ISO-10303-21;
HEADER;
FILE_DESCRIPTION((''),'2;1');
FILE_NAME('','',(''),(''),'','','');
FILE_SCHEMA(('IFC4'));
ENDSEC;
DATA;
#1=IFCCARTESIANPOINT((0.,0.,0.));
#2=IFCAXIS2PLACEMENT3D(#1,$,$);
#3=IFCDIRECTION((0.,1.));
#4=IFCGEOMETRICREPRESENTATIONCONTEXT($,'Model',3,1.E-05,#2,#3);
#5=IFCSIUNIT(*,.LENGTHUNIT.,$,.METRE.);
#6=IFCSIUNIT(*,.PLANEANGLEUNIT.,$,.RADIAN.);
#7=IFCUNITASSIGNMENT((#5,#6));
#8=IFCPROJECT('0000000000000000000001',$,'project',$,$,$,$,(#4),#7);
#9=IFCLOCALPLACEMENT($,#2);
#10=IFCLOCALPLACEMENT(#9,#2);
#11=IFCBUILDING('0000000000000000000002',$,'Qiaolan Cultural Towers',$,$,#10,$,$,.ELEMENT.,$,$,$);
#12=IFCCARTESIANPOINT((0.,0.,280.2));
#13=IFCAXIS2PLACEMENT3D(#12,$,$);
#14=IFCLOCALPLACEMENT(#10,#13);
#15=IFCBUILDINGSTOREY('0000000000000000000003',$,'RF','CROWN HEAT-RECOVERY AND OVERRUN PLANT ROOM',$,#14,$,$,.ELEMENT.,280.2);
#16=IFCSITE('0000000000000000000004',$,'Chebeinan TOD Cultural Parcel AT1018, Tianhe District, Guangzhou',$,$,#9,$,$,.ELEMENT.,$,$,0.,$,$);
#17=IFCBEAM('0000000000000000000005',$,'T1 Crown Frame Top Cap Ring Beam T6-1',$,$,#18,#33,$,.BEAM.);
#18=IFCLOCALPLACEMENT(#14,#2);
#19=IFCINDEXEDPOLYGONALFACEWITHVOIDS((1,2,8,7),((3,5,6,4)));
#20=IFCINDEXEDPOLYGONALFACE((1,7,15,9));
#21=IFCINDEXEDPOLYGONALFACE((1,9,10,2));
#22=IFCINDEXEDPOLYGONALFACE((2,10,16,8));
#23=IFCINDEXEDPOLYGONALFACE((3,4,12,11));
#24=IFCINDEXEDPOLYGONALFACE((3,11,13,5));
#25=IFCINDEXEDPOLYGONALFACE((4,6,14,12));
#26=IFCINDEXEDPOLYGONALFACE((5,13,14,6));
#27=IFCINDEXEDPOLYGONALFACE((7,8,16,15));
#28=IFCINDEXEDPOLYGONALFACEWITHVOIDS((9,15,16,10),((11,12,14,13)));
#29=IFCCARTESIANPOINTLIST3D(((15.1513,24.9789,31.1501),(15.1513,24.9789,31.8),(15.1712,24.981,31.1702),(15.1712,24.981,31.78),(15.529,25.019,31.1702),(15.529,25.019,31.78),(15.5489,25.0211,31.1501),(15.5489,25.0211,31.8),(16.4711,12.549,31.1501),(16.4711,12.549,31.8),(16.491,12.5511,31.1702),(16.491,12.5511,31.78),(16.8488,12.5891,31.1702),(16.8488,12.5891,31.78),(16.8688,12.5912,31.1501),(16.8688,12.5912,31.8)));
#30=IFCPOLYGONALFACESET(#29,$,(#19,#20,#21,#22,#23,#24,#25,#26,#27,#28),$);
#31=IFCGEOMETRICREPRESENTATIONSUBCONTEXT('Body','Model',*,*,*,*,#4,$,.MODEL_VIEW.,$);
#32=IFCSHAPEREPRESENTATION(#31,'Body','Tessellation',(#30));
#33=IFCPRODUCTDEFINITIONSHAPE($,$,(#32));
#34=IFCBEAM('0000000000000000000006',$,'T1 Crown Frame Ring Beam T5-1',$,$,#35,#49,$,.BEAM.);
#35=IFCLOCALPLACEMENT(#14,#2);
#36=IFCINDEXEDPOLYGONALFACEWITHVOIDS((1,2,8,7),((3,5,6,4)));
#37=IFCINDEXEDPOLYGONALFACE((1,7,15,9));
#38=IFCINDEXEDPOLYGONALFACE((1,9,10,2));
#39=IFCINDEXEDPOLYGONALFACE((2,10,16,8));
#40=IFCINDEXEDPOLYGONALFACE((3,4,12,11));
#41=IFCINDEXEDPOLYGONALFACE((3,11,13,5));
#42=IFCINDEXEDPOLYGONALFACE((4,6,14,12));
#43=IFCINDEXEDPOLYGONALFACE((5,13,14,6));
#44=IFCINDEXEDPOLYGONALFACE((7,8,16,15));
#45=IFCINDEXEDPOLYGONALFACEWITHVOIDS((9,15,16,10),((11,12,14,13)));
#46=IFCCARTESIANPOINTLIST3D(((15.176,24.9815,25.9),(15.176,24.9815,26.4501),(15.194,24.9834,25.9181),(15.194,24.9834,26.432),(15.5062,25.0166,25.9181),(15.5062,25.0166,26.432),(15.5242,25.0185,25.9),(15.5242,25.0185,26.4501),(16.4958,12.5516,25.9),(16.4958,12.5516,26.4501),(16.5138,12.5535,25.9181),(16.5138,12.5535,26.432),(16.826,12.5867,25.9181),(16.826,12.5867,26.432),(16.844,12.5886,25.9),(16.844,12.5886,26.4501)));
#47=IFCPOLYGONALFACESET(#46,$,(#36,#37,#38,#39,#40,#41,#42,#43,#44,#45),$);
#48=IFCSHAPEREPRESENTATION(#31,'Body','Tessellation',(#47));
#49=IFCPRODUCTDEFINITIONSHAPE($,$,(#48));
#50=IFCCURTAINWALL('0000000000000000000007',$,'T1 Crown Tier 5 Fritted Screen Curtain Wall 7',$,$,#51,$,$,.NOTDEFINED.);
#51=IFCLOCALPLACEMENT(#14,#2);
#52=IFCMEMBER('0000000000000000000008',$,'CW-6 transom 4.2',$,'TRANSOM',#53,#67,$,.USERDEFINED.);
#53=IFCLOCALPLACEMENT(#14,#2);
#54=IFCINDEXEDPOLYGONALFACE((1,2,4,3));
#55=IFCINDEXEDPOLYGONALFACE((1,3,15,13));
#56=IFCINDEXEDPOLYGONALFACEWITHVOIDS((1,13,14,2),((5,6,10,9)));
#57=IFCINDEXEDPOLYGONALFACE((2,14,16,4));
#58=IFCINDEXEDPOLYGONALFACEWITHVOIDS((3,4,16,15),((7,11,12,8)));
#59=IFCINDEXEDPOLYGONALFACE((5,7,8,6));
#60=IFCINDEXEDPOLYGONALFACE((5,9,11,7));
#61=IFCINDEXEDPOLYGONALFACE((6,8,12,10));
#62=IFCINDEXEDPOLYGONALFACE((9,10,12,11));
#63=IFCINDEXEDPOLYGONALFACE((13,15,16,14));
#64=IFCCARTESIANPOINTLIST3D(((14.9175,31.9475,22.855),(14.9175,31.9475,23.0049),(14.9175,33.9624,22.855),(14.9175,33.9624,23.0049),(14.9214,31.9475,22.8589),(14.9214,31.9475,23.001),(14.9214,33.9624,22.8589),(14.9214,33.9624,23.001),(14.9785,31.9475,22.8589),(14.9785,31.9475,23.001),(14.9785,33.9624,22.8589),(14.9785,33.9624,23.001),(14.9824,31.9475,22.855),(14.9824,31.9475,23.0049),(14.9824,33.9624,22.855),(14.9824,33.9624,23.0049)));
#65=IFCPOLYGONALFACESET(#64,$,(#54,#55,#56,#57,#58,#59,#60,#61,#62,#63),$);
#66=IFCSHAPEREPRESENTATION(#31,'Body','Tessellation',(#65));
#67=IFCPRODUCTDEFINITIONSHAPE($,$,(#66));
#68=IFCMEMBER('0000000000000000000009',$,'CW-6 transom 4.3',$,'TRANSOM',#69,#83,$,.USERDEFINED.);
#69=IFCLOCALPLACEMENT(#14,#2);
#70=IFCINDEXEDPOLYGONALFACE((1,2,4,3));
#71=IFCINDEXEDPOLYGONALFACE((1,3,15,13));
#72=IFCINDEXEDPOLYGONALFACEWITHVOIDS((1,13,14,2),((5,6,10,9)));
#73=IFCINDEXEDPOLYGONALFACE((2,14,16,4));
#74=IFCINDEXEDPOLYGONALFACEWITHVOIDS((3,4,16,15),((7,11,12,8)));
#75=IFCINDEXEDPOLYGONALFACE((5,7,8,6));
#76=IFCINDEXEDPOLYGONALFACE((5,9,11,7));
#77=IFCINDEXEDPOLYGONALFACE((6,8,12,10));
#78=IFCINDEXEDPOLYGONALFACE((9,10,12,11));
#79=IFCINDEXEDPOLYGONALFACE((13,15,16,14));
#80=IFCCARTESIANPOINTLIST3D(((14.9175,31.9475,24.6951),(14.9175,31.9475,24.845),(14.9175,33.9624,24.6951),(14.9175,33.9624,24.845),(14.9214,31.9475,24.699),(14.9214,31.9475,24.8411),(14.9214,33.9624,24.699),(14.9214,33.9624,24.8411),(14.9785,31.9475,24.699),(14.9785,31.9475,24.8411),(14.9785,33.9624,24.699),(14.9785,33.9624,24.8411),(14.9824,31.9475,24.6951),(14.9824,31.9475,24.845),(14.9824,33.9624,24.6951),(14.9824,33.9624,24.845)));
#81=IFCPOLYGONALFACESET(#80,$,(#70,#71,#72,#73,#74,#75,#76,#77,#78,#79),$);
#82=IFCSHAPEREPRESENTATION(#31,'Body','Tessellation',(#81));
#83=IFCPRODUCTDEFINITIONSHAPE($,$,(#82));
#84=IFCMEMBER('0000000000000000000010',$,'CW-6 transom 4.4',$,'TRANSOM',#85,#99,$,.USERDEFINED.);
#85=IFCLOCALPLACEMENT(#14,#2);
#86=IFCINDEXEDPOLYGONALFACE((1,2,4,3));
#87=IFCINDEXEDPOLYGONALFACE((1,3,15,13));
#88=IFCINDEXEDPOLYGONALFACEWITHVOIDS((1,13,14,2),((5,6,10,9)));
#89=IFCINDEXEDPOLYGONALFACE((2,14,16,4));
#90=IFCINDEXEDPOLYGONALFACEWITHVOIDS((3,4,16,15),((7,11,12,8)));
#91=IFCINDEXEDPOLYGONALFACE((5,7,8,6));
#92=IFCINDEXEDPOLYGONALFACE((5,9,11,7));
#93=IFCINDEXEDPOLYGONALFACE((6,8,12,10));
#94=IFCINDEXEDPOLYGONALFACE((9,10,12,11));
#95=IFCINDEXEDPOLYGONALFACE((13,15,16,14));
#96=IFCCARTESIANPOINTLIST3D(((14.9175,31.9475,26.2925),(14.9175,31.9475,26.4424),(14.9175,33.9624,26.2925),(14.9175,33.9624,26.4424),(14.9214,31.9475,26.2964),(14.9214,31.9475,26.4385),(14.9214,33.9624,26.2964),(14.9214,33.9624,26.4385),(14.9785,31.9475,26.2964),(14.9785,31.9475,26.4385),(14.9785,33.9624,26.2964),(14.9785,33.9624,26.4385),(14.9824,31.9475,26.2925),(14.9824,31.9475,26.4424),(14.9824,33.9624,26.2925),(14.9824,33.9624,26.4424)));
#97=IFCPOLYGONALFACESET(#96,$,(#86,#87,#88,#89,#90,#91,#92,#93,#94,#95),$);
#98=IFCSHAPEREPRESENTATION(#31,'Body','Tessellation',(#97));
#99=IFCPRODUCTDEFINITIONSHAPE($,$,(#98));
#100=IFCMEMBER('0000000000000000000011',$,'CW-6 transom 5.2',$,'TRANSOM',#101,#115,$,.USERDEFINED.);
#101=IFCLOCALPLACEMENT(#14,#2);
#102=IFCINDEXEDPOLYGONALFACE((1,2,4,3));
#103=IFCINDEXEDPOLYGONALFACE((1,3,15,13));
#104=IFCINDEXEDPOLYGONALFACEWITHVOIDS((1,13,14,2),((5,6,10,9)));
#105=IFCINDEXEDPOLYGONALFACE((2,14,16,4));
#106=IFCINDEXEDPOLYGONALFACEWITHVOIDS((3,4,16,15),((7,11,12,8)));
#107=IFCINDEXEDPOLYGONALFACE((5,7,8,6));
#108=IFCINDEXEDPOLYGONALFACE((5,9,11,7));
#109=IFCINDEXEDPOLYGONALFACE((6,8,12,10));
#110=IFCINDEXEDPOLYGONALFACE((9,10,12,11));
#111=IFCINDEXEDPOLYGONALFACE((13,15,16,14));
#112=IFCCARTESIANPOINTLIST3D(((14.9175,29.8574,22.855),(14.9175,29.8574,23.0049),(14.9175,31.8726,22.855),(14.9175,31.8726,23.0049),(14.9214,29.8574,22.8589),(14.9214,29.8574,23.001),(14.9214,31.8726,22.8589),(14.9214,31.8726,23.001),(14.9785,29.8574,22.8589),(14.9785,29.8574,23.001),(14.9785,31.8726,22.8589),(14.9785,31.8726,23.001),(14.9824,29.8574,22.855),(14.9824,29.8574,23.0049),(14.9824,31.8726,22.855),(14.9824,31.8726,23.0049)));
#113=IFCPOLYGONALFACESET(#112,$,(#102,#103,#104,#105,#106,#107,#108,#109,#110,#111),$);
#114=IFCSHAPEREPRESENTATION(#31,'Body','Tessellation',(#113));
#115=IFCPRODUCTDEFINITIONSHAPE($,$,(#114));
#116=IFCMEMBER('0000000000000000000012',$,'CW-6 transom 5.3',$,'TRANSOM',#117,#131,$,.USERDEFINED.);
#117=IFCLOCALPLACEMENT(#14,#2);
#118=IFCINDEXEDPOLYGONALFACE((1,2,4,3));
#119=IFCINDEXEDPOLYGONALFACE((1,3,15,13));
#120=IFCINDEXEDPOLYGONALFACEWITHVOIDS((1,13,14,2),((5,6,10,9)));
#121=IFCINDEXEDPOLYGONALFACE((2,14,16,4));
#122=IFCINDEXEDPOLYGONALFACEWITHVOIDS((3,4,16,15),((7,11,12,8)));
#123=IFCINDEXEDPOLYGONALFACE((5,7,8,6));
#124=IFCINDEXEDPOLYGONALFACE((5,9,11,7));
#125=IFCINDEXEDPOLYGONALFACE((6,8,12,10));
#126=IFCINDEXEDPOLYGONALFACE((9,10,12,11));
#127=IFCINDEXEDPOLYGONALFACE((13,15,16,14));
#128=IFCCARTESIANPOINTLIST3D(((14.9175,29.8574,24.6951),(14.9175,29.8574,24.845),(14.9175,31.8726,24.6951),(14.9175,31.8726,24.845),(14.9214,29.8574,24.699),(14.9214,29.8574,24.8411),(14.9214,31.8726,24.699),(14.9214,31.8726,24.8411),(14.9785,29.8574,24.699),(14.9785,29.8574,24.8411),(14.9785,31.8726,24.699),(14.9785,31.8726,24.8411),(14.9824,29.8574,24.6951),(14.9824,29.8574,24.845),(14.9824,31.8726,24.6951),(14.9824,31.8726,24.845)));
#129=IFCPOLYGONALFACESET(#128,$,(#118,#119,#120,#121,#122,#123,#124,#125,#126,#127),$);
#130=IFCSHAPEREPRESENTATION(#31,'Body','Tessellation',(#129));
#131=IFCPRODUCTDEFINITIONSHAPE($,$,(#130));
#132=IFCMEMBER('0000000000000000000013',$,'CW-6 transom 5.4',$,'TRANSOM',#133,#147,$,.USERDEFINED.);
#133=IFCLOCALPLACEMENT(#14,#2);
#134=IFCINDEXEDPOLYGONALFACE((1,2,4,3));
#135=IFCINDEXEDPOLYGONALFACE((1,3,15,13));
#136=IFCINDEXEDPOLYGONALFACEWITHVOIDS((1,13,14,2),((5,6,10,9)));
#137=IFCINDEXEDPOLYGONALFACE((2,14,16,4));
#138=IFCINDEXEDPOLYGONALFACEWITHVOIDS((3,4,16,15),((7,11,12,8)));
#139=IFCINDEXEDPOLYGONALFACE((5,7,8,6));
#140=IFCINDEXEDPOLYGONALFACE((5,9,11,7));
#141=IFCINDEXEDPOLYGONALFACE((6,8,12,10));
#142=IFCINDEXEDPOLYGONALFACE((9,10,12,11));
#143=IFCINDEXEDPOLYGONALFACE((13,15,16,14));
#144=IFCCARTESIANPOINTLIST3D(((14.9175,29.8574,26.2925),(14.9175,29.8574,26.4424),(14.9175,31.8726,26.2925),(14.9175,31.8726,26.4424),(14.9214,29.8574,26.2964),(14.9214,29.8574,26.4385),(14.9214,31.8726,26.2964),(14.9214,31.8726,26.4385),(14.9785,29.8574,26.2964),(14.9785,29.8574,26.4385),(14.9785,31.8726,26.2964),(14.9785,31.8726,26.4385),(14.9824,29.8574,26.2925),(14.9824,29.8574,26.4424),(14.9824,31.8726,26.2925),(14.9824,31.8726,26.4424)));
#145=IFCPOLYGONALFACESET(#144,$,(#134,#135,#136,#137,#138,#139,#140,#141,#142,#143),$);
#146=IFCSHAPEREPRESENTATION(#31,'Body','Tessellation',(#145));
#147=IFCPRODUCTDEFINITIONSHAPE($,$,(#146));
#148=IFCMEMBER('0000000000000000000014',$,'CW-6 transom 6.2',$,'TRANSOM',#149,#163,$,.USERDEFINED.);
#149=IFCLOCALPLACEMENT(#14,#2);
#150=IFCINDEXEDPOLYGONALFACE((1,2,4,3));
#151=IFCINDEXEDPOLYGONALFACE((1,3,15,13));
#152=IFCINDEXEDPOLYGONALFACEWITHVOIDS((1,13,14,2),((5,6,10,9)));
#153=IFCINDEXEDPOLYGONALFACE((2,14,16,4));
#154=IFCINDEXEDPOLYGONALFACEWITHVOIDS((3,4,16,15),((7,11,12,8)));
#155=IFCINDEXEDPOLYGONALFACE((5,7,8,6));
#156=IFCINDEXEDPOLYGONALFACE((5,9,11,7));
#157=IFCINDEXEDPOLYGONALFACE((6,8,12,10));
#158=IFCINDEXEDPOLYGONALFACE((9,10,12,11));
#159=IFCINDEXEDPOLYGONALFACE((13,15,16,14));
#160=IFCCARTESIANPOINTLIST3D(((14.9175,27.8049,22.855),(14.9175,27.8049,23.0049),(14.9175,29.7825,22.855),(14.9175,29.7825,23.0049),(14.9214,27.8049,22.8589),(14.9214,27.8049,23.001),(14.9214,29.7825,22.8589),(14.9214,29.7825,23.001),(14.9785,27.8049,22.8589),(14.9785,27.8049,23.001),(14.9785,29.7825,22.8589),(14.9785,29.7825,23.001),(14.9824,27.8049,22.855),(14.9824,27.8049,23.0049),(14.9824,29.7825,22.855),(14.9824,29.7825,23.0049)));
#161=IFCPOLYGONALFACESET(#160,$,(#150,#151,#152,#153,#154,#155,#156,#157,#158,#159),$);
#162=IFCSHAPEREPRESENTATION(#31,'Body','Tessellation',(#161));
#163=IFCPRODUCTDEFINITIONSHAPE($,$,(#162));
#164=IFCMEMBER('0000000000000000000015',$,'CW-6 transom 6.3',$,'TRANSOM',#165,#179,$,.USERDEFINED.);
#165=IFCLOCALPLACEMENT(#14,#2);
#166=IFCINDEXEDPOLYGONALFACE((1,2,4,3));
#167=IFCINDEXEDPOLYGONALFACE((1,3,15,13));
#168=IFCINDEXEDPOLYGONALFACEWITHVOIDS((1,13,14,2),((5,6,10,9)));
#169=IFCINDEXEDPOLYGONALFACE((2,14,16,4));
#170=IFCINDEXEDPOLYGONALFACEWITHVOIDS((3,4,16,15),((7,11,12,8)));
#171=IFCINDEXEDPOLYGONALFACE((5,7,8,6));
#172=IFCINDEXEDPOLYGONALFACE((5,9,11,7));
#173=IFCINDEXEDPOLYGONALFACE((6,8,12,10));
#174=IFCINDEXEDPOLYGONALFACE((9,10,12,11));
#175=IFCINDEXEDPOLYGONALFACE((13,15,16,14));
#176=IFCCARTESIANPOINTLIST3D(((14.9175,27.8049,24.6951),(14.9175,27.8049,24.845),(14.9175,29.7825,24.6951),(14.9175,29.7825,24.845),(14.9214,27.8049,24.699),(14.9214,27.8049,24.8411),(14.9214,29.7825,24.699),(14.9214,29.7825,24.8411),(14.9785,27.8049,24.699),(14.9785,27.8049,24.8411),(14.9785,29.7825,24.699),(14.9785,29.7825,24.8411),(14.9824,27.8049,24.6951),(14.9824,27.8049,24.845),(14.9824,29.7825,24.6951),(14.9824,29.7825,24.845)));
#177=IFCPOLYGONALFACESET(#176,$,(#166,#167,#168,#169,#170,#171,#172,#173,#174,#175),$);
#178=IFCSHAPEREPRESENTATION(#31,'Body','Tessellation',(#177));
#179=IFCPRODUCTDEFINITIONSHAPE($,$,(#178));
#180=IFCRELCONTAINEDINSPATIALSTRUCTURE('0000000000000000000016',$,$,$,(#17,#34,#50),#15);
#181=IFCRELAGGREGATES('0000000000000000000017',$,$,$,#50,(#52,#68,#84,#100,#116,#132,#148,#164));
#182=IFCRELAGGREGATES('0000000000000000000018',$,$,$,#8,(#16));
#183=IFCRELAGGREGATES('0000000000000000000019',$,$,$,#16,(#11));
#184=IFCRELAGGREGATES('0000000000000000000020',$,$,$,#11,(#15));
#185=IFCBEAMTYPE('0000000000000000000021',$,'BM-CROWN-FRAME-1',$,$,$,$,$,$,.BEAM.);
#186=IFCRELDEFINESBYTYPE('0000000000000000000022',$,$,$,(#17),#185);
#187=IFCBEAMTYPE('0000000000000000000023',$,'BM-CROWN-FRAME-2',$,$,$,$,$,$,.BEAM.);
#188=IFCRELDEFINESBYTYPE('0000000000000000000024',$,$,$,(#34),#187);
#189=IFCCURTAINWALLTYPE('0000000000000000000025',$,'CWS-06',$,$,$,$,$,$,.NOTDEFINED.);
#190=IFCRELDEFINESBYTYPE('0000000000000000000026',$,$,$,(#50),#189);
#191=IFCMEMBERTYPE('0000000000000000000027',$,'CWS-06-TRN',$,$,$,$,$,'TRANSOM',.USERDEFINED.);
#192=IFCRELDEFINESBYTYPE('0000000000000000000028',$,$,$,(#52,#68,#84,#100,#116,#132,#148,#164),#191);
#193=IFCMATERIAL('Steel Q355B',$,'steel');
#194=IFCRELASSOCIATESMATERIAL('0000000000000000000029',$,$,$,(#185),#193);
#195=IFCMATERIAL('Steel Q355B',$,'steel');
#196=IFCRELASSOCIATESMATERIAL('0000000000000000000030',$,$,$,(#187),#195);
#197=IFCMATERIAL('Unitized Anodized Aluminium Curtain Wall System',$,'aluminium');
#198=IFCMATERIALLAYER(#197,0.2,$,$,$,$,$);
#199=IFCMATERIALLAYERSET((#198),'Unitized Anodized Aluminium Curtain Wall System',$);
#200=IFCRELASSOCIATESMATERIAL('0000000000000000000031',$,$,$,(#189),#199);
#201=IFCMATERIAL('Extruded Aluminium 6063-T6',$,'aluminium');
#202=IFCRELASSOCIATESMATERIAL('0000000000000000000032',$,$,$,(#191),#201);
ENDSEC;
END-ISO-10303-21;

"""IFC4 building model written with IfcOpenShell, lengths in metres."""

from ifc_helpers import new_model, si_unit, direction, frame, origin, origin_2d, place, context, subcontext, project, spatial, hollow_rectangle, extrude, material, layer, layer_set, material_profile, profile_set, type_object, element, aggregate, save


model = new_model("IFC4")

# Units and contexts
model_context = context("Model", 3, precision=1e-05, world=origin(), true_north=direction((0.0, 1.0)))
body_context = subcontext(model_context, "Body", "Model", "MODEL_VIEW")
ifc_project = project(units=[si_unit("LENGTHUNIT", "METRE"), si_unit("PLANEANGLEUNIT", "RADIAN")], contexts=[model_context])

# Site, building, storey
site_placement = place(None, origin())
site = spatial("IfcSite", under=ifc_project, at=site_placement, Name="Chebeinan TOD Cultural Parcel AT1018, Tianhe District, Guangzhou", CompositionType="ELEMENT", RefElevation=0.0)
building_placement = place(site_placement, origin())
building = spatial("IfcBuilding", under=site, at=building_placement, Name="Qiaolan Cultural Towers", CompositionType="ELEMENT")
storey_placement = place(building_placement, frame((0.0, 0.0, 280.2)))
storey = spatial("IfcBuildingStorey", under=building, at=storey_placement, Name="RF", Description="CROWN HEAT-RECOVERY AND OVERRUN PLANT ROOM", CompositionType="ELEMENT", Elevation=280.2)

# Beams
ifc_material_1 = material(Name="Steel Q355B", Category="steel")
ifc_material_profile_1 = material_profile(ifc_material_1, hollow_rectangle(XDim=0.3999, YDim=0.6499, WallThickness=0.02, at=origin_2d()), Name="BOX650x400x20")
ifc_profile_set_1 = profile_set([ifc_material_profile_1], Name="Steel Q355B")
beam_type_1 = type_object("IfcBeamType", Name="BM-CROWN-FRAME-1", PredefinedType="BEAM", material=ifc_profile_set_1)
beam_1_placement = place(storey_placement, frame((15.3501, 25.0, 31.4751), z_axis=(0.105588, -0.99441, 0.0), x_axis=(0.99441, 0.105588, 0.0)))
element("IfcBeam", 1, at=beam_1_placement, inside=storey, type_object=beam_type_1, Name="T1 Crown Frame Top Cap Ring Beam T6-1", PredefinedType="BEAM", context=body_context, shape_type="SweptSolid", body=[
    extrude(hollow_rectangle(XDim=0.3999, YDim=0.6499, WallThickness=0.02, at=origin_2d()), origin(), (0.0, 0.0, 1.0), 12.4998),
])
ifc_material_2 = material(Name="Steel Q355B", Category="steel")
ifc_material_profile_2 = material_profile(ifc_material_2, hollow_rectangle(XDim=0.3501, YDim=0.55, WallThickness=0.0181, at=origin_2d()), Name="BOX550x350x18")
ifc_profile_set_2 = profile_set([ifc_material_profile_2], Name="Steel Q355B")
beam_type_2 = type_object("IfcBeamType", Name="BM-CROWN-FRAME-2", PredefinedType="BEAM", material=ifc_profile_set_2)
beam_2_placement = place(storey_placement, frame((15.3501, 25.0, 26.175), z_axis=(0.105588, -0.99441, 0.0), x_axis=(0.99441, 0.105588, 0.0)))
element("IfcBeam", 2, at=beam_2_placement, inside=storey, type_object=beam_type_2, Name="T1 Crown Frame Ring Beam T5-1", PredefinedType="BEAM", context=body_context, shape_type="SweptSolid", body=[
    extrude(hollow_rectangle(XDim=0.3501, YDim=0.55, WallThickness=0.0181, at=origin_2d()), origin(), (0.0, 0.0, 1.0), 12.4998),
])

# Curtain wall, members
ifc_material_3 = material(Name="Unitized Anodized Aluminium Curtain Wall System", Category="aluminium")
ifc_layer_1 = layer(ifc_material_3, 0.2)
ifc_layer_set_1 = layer_set([ifc_layer_1], Name="Unitized Anodized Aluminium Curtain Wall System")
curtain_wall_type = type_object("IfcCurtainWallType", Name="CWS-06", PredefinedType="NOTDEFINED", material=ifc_layer_set_1)
curtain_wall_placement = place(storey_placement, origin())
curtain_wall = element("IfcCurtainWall", 3, at=curtain_wall_placement, inside=storey, type_object=curtain_wall_type, Name="T1 Crown Tier 5 Fritted Screen Curtain Wall 7", PredefinedType="NOTDEFINED")
ifc_material_4 = material(Name="Extruded Aluminium 6063-T6", Category="aluminium")
ifc_material_profile_3 = material_profile(ifc_material_4, hollow_rectangle(XDim=0.0649, YDim=0.1499, WallThickness=0.0039, at=origin_2d()), Name="CWT-150x65x4")
ifc_profile_set_3 = profile_set([ifc_material_profile_3], Name="Extruded Aluminium 6063-T6")
member_type = type_object("IfcMemberType", Name="CWS-06-TRN", ElementType="TRANSOM", PredefinedType="USERDEFINED", material=ifc_profile_set_3)
member_1_placement = place(storey_placement, frame((14.95, 33.9624, 22.9299), z_axis=(0.0, -1.0, 0.0), x_axis=(1.0, 0.0, 0.0)))
member_1 = element("IfcMember", 4, at=member_1_placement, type_object=member_type, Name="CW-6 transom 4.2", ObjectType="TRANSOM", PredefinedType="USERDEFINED", context=body_context, shape_type="SweptSolid", body=[
    extrude(hollow_rectangle(XDim=0.0649, YDim=0.1499, WallThickness=0.0039, at=origin_2d()), origin(), (0.0, 0.0, 1.0), 2.0149),
])
member_2_placement = place(storey_placement, frame((14.95, 33.9624, 24.77), z_axis=(0.0, -1.0, 0.0), x_axis=(1.0, 0.0, 0.0)))
member_2 = element("IfcMember", 5, at=member_2_placement, type_object=member_type, Name="CW-6 transom 4.3", ObjectType="TRANSOM", PredefinedType="USERDEFINED", context=body_context, shape_type="SweptSolid", body=[
    extrude(hollow_rectangle(XDim=0.0649, YDim=0.1499, WallThickness=0.0039, at=origin_2d()), origin(), (0.0, 0.0, 1.0), 2.0149),
])
member_3_placement = place(storey_placement, frame((14.95, 33.9624, 26.3674), z_axis=(0.0, -1.0, 0.0), x_axis=(1.0, 0.0, 0.0)))
member_3 = element("IfcMember", 6, at=member_3_placement, type_object=member_type, Name="CW-6 transom 4.4", ObjectType="TRANSOM", PredefinedType="USERDEFINED", context=body_context, shape_type="SweptSolid", body=[
    extrude(hollow_rectangle(XDim=0.0649, YDim=0.1499, WallThickness=0.0039, at=origin_2d()), origin(), (0.0, 0.0, 1.0), 2.0149),
])
member_4_placement = place(storey_placement, frame((14.95, 31.8726, 22.9299), z_axis=(0.0, -1.0, 0.0), x_axis=(1.0, 0.0, 0.0)))
member_4 = element("IfcMember", 7, at=member_4_placement, type_object=member_type, Name="CW-6 transom 5.2", ObjectType="TRANSOM", PredefinedType="USERDEFINED", context=body_context, shape_type="SweptSolid", body=[
    extrude(hollow_rectangle(XDim=0.0649, YDim=0.1499, WallThickness=0.0039, at=origin_2d()), origin(), (0.0, 0.0, 1.0), 2.0151),
])
member_5_placement = place(storey_placement, frame((14.95, 31.8726, 24.77), z_axis=(0.0, -1.0, 0.0), x_axis=(1.0, 0.0, 0.0)))
member_5 = element("IfcMember", 8, at=member_5_placement, type_object=member_type, Name="CW-6 transom 5.3", ObjectType="TRANSOM", PredefinedType="USERDEFINED", context=body_context, shape_type="SweptSolid", body=[
    extrude(hollow_rectangle(XDim=0.0649, YDim=0.1499, WallThickness=0.0039, at=origin_2d()), origin(), (0.0, 0.0, 1.0), 2.0151),
])
member_6_placement = place(storey_placement, frame((14.95, 31.8726, 26.3674), z_axis=(0.0, -1.0, 0.0), x_axis=(1.0, 0.0, 0.0)))
member_6 = element("IfcMember", 9, at=member_6_placement, type_object=member_type, Name="CW-6 transom 5.4", ObjectType="TRANSOM", PredefinedType="USERDEFINED", context=body_context, shape_type="SweptSolid", body=[
    extrude(hollow_rectangle(XDim=0.0649, YDim=0.1499, WallThickness=0.0039, at=origin_2d()), origin(), (0.0, 0.0, 1.0), 2.0151),
])
member_7_placement = place(storey_placement, frame((14.95, 29.7825, 22.9299), z_axis=(0.0, -1.0, 0.0), x_axis=(1.0, 0.0, 0.0)))
member_7 = element("IfcMember", 10, at=member_7_placement, type_object=member_type, Name="CW-6 transom 6.2", ObjectType="TRANSOM", PredefinedType="USERDEFINED", context=body_context, shape_type="SweptSolid", body=[
    extrude(hollow_rectangle(XDim=0.0649, YDim=0.1499, WallThickness=0.0039, at=origin_2d()), origin(), (0.0, 0.0, 1.0), 1.9775),
])
member_8_placement = place(storey_placement, frame((14.95, 29.7825, 24.77), z_axis=(0.0, -1.0, 0.0), x_axis=(1.0, 0.0, 0.0)))
member_8 = element("IfcMember", 11, at=member_8_placement, type_object=member_type, Name="CW-6 transom 6.3", ObjectType="TRANSOM", PredefinedType="USERDEFINED", context=body_context, shape_type="SweptSolid", body=[
    extrude(hollow_rectangle(XDim=0.0649, YDim=0.1499, WallThickness=0.0039, at=origin_2d()), origin(), (0.0, 0.0, 1.0), 1.9775),
])
aggregate(curtain_wall, [member_1, member_2, member_3, member_4, member_5, member_6, member_7, member_8])

save(model, "model.ifc")
